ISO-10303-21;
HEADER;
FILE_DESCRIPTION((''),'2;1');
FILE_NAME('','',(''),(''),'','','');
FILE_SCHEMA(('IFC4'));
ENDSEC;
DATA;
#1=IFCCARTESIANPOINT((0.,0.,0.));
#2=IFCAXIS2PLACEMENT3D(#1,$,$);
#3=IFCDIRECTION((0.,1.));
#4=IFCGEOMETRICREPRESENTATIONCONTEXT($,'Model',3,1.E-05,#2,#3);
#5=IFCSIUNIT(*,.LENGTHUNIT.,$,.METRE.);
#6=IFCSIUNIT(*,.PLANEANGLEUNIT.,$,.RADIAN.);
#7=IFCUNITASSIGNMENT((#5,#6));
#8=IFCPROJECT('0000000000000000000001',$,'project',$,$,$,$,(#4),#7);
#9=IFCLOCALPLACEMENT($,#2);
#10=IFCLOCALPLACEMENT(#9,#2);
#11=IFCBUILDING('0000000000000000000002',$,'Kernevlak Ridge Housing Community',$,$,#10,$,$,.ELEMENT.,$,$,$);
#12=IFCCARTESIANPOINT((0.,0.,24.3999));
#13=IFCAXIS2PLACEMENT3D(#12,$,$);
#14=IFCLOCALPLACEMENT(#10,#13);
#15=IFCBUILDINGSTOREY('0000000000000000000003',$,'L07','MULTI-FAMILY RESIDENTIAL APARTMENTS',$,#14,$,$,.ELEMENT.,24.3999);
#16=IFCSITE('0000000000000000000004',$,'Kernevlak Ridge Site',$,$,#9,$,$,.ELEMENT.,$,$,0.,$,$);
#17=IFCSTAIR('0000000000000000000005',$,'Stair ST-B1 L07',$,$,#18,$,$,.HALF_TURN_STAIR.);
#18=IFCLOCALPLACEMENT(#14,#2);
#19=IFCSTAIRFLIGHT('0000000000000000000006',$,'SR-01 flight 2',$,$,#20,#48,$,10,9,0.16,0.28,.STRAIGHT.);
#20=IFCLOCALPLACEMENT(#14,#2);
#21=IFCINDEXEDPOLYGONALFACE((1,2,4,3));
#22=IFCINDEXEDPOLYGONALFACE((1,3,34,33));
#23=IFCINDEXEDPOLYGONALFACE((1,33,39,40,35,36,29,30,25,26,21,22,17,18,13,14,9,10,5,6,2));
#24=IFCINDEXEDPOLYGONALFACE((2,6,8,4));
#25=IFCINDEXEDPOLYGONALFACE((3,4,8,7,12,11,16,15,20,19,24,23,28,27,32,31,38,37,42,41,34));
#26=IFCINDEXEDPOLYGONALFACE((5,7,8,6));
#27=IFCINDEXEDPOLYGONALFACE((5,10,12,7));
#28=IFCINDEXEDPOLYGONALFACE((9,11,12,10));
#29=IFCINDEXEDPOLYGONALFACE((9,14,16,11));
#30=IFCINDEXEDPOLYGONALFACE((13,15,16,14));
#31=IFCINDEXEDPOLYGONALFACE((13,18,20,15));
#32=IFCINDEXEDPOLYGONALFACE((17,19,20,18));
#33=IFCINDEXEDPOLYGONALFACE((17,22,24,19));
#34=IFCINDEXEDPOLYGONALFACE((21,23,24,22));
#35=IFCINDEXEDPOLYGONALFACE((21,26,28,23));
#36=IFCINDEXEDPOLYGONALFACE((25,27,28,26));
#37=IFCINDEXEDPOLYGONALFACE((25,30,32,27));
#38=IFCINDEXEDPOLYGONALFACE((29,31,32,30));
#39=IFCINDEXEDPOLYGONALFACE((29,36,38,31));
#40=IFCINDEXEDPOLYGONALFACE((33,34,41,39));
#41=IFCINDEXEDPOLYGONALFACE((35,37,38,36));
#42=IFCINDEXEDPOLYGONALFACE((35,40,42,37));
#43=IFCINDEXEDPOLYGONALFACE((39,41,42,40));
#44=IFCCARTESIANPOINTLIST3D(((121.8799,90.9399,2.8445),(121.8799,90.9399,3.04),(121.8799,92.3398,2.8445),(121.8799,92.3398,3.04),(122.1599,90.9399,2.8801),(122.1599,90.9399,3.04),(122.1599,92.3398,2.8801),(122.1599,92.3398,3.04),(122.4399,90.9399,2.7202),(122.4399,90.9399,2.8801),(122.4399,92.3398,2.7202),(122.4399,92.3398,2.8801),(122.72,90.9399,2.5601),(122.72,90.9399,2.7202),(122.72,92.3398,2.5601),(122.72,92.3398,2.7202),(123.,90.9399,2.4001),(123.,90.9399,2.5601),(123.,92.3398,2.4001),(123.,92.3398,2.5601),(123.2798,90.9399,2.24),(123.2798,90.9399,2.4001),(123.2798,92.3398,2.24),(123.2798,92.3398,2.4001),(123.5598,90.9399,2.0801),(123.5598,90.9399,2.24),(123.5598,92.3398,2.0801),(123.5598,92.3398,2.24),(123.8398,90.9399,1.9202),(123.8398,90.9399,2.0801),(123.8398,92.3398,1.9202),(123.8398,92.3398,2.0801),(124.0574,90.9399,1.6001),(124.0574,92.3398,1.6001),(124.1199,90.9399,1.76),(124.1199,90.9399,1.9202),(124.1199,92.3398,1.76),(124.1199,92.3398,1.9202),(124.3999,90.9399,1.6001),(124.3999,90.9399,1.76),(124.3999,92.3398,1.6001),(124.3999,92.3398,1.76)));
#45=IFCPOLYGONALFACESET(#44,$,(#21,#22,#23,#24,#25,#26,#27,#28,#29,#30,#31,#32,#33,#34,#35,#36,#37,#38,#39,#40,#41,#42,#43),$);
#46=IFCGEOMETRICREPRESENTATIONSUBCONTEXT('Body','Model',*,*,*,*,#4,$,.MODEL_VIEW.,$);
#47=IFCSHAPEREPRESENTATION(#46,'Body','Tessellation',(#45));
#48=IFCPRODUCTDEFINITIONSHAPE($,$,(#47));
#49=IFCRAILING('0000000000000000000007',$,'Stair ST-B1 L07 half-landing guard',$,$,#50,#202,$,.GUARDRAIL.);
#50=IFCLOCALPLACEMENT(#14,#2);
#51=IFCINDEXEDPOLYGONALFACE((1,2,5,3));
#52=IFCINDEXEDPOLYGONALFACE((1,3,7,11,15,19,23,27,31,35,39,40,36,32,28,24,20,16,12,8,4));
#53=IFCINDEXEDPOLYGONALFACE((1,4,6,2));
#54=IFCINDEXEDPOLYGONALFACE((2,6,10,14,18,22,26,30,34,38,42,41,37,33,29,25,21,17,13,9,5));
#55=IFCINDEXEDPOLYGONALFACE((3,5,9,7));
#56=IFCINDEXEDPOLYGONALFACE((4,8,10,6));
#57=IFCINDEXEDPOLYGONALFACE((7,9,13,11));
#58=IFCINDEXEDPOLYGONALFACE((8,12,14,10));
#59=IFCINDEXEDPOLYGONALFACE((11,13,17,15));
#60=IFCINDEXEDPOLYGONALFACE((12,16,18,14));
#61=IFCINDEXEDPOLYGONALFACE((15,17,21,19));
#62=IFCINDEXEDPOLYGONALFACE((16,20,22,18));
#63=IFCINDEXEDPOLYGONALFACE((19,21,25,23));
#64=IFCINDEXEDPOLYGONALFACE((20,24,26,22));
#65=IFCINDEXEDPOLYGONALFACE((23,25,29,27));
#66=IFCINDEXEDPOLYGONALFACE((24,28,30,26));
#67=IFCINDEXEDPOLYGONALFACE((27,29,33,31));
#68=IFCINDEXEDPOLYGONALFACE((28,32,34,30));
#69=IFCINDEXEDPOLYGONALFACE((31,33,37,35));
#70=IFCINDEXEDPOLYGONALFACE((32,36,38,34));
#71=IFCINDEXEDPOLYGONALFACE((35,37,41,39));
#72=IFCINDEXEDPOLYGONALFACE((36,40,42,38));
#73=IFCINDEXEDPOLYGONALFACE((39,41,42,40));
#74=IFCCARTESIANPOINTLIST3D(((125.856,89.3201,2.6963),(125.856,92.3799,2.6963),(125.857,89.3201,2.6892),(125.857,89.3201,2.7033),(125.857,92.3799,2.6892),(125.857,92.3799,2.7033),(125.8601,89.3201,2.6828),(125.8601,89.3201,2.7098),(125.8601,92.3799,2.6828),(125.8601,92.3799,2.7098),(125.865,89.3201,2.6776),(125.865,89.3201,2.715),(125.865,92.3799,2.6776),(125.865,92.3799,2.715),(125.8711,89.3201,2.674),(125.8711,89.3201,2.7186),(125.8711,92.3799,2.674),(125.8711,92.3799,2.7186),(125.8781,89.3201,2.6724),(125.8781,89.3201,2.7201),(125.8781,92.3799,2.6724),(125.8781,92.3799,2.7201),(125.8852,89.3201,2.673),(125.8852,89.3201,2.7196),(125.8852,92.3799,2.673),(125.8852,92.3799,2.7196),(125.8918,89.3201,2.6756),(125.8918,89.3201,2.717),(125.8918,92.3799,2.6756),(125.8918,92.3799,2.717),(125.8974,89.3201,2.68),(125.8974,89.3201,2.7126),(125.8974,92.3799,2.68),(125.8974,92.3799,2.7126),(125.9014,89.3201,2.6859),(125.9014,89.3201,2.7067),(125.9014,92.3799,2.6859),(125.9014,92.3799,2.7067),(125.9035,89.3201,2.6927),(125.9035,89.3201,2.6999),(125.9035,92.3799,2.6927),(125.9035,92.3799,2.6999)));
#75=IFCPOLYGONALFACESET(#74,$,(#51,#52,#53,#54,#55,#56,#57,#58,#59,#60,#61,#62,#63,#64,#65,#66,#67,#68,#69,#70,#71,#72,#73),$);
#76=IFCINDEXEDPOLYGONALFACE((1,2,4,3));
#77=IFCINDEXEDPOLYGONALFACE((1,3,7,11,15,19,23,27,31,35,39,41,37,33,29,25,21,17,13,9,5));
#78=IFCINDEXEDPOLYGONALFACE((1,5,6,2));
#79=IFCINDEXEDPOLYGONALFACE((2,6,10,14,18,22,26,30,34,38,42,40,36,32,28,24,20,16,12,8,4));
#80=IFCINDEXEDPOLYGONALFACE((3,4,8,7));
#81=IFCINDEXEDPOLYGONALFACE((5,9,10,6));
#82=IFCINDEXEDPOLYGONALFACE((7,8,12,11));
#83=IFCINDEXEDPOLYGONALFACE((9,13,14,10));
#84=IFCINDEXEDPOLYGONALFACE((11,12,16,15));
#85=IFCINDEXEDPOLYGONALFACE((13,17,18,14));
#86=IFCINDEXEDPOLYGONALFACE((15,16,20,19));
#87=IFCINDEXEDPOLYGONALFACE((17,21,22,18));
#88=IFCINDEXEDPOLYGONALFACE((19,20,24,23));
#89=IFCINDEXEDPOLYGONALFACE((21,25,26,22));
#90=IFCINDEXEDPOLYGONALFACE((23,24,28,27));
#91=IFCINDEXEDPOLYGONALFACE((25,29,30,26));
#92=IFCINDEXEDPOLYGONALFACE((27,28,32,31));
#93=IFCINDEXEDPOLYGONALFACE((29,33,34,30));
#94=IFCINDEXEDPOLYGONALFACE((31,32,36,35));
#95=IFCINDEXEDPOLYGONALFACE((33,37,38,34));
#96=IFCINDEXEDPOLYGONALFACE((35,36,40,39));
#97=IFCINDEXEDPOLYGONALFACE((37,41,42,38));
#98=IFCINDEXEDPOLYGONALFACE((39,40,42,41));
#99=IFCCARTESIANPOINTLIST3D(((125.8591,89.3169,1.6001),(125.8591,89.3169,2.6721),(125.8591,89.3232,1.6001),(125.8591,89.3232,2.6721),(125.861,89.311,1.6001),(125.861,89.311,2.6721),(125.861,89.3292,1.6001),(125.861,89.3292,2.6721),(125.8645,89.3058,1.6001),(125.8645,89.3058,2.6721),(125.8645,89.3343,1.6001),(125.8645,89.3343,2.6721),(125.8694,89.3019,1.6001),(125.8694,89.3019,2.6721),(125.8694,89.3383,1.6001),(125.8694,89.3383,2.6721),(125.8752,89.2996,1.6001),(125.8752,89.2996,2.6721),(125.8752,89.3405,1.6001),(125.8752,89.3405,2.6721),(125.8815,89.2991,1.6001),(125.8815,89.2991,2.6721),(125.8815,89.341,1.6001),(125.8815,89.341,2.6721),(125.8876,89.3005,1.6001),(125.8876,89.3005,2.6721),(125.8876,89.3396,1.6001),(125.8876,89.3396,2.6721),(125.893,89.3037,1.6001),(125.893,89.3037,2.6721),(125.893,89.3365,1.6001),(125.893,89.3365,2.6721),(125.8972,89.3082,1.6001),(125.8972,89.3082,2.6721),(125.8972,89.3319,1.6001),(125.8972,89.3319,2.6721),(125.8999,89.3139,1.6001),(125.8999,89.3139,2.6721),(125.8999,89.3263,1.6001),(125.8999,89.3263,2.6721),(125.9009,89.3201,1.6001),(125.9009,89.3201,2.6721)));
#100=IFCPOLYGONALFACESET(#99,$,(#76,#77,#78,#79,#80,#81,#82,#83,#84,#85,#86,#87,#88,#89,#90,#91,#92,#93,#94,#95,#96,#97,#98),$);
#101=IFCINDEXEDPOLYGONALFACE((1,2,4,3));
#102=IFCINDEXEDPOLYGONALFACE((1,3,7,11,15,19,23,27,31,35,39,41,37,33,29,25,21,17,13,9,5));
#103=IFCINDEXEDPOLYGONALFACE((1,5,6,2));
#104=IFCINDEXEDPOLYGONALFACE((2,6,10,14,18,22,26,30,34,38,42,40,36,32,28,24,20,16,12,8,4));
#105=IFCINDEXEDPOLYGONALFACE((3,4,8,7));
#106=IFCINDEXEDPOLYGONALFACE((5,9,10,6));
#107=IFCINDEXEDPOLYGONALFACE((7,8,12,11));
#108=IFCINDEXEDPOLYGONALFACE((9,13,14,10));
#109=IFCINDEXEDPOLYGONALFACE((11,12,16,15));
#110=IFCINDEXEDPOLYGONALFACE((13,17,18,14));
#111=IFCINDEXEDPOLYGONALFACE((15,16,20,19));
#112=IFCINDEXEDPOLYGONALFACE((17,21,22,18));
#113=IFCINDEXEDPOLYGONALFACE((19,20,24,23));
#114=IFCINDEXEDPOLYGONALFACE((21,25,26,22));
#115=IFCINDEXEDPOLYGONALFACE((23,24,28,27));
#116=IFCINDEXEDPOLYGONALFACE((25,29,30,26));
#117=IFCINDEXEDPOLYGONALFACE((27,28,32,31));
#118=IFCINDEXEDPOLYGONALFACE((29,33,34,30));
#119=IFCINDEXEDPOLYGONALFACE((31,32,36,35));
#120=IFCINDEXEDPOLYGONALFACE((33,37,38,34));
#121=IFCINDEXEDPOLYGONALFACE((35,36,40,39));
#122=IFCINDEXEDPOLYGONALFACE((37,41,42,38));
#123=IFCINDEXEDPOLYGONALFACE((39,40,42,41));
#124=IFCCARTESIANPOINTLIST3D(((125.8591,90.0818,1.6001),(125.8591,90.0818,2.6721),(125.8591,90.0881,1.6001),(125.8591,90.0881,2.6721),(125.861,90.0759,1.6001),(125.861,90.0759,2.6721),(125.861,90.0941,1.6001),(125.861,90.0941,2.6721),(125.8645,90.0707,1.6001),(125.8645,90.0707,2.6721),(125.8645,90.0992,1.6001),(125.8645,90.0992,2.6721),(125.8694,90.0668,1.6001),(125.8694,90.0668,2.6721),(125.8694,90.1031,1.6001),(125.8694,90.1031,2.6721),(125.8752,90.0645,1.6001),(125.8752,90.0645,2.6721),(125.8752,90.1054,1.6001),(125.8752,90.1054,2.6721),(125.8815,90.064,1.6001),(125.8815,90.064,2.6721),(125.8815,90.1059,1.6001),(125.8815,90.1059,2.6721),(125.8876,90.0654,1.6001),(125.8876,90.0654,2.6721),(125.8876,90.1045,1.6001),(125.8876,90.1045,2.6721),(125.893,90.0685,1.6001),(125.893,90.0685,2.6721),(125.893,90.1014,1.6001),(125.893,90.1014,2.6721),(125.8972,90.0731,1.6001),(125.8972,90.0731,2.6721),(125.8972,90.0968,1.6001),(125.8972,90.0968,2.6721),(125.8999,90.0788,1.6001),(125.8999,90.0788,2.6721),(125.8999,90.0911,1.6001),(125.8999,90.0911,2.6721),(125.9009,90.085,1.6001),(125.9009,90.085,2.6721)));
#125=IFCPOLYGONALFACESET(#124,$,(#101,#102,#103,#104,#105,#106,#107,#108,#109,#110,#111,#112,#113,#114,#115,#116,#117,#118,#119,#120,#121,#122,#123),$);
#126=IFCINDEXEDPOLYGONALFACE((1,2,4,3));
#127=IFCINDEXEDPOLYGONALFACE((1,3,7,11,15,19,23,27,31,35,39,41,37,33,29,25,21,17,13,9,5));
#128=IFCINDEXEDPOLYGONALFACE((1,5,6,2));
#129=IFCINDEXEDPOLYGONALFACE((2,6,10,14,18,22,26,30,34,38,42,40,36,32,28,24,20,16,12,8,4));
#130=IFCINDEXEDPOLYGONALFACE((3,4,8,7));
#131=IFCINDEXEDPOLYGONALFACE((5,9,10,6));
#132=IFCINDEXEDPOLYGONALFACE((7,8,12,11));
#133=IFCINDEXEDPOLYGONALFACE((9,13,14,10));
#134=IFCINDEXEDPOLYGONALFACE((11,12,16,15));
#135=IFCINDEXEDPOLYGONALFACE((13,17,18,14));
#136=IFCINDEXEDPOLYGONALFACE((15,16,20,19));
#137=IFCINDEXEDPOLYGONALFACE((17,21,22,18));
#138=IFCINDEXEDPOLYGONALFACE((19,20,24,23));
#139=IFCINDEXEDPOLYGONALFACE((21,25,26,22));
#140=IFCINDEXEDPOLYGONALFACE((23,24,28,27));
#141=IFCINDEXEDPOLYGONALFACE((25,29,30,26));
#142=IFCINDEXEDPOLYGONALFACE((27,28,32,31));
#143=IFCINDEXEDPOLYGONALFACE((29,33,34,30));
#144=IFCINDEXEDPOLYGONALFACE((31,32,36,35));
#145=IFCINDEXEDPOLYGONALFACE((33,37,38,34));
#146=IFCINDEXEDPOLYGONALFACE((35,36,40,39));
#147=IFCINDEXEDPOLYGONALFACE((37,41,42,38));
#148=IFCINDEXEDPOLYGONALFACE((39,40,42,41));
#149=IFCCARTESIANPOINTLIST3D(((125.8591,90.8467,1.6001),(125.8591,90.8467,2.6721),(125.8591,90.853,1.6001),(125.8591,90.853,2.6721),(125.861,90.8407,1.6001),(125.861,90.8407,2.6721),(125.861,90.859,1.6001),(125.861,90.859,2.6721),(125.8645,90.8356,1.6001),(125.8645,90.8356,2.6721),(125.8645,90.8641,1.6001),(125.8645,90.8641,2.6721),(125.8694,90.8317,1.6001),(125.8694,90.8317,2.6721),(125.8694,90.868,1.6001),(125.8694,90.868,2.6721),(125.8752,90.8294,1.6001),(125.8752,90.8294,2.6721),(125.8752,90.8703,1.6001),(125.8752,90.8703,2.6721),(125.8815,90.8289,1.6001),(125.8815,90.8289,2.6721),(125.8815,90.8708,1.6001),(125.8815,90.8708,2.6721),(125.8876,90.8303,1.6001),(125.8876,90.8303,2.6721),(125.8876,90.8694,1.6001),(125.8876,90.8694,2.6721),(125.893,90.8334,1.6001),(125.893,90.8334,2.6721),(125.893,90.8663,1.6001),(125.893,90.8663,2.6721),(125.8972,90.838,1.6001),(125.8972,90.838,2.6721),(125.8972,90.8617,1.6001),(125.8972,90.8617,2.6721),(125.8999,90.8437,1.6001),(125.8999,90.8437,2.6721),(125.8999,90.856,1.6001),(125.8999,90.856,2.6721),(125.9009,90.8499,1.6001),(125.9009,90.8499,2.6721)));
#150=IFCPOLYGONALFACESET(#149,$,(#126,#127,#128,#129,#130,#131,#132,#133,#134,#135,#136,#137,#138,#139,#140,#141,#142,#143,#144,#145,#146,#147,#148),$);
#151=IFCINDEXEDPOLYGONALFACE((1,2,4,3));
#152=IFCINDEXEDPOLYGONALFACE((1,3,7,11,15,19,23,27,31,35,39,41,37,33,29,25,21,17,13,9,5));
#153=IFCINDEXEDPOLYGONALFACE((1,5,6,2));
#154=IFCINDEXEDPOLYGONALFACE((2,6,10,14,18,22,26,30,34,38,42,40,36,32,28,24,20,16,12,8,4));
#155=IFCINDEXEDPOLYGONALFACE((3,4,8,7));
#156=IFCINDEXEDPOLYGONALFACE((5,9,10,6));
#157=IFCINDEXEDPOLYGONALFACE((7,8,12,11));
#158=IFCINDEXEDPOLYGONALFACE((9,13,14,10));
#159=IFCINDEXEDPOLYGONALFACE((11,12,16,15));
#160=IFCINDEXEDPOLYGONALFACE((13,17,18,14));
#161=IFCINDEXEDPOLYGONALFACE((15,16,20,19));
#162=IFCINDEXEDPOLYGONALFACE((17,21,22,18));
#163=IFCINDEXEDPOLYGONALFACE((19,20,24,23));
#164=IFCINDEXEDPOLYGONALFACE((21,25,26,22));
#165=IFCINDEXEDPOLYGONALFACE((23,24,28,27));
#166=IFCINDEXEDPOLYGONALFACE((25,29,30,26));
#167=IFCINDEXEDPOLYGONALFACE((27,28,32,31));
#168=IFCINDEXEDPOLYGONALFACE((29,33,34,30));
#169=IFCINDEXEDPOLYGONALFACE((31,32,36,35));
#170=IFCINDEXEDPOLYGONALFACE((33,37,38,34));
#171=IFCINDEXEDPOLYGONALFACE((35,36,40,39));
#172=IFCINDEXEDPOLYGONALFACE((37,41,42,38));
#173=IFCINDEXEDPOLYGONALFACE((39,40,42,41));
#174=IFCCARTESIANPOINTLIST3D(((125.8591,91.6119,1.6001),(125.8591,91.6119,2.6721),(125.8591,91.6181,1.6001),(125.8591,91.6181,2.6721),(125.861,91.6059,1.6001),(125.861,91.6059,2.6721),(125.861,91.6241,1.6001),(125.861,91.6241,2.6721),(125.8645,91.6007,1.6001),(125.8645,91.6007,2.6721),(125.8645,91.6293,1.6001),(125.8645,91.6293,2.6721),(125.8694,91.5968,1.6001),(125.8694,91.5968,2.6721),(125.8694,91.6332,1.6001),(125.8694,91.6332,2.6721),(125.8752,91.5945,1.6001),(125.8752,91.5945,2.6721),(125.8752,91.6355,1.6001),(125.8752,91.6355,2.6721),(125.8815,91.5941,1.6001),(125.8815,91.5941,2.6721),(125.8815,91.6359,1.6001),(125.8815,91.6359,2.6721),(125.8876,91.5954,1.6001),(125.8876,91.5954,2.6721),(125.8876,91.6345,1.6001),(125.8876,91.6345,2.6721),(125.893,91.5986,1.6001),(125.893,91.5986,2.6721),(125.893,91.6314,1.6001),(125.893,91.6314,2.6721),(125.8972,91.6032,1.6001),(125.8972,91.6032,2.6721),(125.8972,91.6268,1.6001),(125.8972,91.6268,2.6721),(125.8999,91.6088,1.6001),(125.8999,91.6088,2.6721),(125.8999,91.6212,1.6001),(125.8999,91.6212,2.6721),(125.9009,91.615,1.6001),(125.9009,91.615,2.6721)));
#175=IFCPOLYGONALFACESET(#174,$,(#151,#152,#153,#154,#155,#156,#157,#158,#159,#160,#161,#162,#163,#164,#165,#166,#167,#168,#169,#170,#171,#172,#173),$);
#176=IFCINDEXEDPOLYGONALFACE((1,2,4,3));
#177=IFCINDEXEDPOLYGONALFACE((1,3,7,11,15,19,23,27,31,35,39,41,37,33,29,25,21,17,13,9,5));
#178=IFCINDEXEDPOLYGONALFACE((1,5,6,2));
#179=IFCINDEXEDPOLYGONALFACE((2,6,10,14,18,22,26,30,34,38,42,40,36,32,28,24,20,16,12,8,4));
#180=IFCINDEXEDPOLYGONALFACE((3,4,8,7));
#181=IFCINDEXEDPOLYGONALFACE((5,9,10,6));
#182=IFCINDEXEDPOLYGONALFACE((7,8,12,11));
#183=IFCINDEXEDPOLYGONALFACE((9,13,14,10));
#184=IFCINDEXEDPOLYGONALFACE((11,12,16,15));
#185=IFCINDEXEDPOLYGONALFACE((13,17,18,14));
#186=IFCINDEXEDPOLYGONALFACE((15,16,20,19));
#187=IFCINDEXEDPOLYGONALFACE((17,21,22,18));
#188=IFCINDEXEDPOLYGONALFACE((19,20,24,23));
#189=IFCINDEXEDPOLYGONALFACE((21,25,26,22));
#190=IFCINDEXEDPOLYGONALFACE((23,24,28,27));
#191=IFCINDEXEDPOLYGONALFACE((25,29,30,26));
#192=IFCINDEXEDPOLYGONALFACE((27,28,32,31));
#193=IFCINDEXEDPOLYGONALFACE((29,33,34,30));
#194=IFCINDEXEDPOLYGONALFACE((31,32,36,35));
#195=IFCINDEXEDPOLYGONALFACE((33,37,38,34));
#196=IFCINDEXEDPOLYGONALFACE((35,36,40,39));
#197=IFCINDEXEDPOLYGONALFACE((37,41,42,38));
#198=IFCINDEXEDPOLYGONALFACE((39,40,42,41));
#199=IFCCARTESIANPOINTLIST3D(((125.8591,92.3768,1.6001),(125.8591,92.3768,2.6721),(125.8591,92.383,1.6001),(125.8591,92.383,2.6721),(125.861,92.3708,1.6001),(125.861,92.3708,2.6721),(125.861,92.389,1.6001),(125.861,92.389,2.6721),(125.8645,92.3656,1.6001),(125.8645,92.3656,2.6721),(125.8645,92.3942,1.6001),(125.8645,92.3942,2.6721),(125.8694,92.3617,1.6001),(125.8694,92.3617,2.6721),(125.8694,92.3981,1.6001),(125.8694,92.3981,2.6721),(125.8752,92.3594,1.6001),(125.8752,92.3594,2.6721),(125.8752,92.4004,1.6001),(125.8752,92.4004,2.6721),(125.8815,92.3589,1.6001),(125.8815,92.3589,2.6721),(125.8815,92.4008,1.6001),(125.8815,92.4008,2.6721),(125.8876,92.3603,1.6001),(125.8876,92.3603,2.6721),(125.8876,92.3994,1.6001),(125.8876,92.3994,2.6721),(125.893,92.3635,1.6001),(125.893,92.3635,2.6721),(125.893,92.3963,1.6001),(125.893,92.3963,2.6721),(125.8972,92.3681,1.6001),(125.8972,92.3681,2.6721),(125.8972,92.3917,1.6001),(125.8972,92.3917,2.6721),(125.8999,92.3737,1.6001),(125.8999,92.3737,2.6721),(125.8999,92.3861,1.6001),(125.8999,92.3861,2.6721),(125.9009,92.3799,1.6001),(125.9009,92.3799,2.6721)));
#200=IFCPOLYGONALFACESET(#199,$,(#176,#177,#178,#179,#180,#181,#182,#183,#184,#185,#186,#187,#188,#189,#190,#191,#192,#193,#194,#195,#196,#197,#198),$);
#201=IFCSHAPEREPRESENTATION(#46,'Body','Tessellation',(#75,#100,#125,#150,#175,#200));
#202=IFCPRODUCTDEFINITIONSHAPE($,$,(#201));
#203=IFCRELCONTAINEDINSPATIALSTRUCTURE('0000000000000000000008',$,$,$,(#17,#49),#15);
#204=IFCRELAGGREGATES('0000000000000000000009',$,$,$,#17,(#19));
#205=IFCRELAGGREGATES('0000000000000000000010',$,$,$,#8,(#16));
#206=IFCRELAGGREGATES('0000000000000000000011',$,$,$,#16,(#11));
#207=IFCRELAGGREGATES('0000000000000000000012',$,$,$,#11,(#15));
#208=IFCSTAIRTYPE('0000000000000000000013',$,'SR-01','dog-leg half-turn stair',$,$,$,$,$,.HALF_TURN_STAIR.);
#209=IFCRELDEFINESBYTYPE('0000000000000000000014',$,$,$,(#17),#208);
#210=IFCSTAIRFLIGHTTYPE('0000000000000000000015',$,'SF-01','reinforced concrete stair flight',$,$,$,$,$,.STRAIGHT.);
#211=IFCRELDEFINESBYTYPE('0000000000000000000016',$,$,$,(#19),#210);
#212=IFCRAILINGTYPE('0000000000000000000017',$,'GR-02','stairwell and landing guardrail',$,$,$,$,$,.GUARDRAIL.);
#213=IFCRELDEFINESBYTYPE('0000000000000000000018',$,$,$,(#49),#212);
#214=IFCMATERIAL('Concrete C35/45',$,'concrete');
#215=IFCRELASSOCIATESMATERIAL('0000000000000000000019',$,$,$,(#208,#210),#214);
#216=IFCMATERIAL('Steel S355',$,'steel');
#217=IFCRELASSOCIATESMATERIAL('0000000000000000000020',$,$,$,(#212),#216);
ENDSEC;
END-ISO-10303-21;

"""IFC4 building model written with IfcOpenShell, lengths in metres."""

from ifc_helpers import new_model, si_unit, direction, frame, origin, origin_2d, place, context, subcontext, project, spatial, polyline, circle, outline, extrude, material, type_object, element, aggregate, save


model = new_model("IFC4")

# Units and contexts
model_context = context("Model", 3, precision=1e-05, world=origin(), true_north=direction((0.0, 1.0)))
body_context = subcontext(model_context, "Body", "Model", "MODEL_VIEW")
ifc_project = project(units=[si_unit("LENGTHUNIT", "METRE"), si_unit("PLANEANGLEUNIT", "RADIAN")], contexts=[model_context])

# Site, building, storey
site_placement = place(None, origin())
site = spatial("IfcSite", under=ifc_project, at=site_placement, Name="Kernevlak Ridge Site", CompositionType="ELEMENT", RefElevation=0.0)
building_placement = place(site_placement, origin())
building = spatial("IfcBuilding", under=site, at=building_placement, Name="Kernevlak Ridge Housing Community", CompositionType="ELEMENT")
storey_placement = place(building_placement, frame((0.0, 0.0, 24.3999)))
storey = spatial("IfcBuildingStorey", under=building, at=storey_placement, Name="L07", Description="MULTI-FAMILY RESIDENTIAL APARTMENTS", CompositionType="ELEMENT", Elevation=24.3999)

# Shared definitions
ifc_material_1 = material(Name="Concrete C35/45", Category="concrete")

# Stair, stair flight
stair_type = type_object("IfcStairType", Name="SR-01", Description="dog-leg half-turn stair", PredefinedType="HALF_TURN_STAIR", material=ifc_material_1)
stair_placement = place(storey_placement, origin())
stair = element("IfcStair", 1, at=stair_placement, inside=storey, type_object=stair_type, Name="Stair ST-B1 L07", PredefinedType="HALF_TURN_STAIR")
stair_flight_type = type_object("IfcStairFlightType", Name="SF-01", Description="reinforced concrete stair flight", PredefinedType="STRAIGHT", material=ifc_material_1)
stair_flight_placement = place(storey_placement, frame((124.3999, 91.6399, 1.6001), z_axis=(0.0, 0.0, 1.0), x_axis=(-1.0, 0.0, 0.0)))
stair_flight = element("IfcStairFlight", 2, at=stair_flight_placement, type_object=stair_flight_type, Name="SR-01 flight 2", NumberOfRisers=10, NumberOfTreads=9, PredefinedType="STRAIGHT", RiserHeight=0.16, TreadLength=0.28, context=body_context, shape_type="SweptSolid", body=[
    extrude(outline(polyline([(0.0, 0.0), (0.0, 0.1599), (0.28, 0.1599), (0.28, 0.3201), (0.5601, 0.3201), (0.5601, 0.48), (0.8401, 0.48), (0.8401, 0.6399), (1.1201, 0.6399), (1.1201, 0.8), (1.3999, 0.8), (1.3999, 0.96), (1.6799, 0.96), (1.6799, 1.1201), (1.96, 1.1201), (1.96, 1.28), (2.24, 1.28), (2.24, 1.4399), (2.52, 1.4399), (2.52, 1.6001), (2.52, 1.2444), (0.3425, 0.0), (0.0, 0.0)])), frame((0.0, 0.7, 0.0), z_axis=(0.0, -1.0, 0.0), x_axis=(1.0, 0.0, 0.0)), (0.0, 0.0, 1.0), 1.3999),
])
aggregate(stair, [stair_flight])

# Railing
ifc_material_2 = material(Name="Steel S355", Category="steel")
railing_type_1 = type_object("IfcRailingType", Name="GR-02", Description="stairwell and landing guardrail", PredefinedType="GUARDRAIL", material=ifc_material_2)
railing_1_placement = place(storey_placement, frame((125.8799, 89.3201, 1.6001)))
element("IfcRailing", 3, at=railing_1_placement, inside=storey, type_object=railing_type_1, Name="Stair ST-B1 L07 half-landing guard", PredefinedType="GUARDRAIL", context=body_context, shape_type="SweptSolid", body=[
    extrude(circle(Radius=0.0239, at=origin_2d()), frame((0.0, 0.0, 1.0962), z_axis=(0.0, 1.0, 0.0), x_axis=(-1.0, 0.0, 0.0)), (0.0, 0.0, 1.0), 3.0598),
    extrude(circle(Radius=0.021, at=origin_2d()), origin(), (0.0, 0.0, 1.0), 1.072),
    extrude(circle(Radius=0.021, at=origin_2d()), frame((0.0, 0.7649, 0.0)), (0.0, 0.0, 1.0), 1.072),
    extrude(circle(Radius=0.021, at=origin_2d()), frame((0.0, 1.5298, 0.0)), (0.0, 0.0, 1.0), 1.072),
    extrude(circle(Radius=0.021, at=origin_2d()), frame((0.0, 2.2949, 0.0)), (0.0, 0.0, 1.0), 1.072),
    extrude(circle(Radius=0.021, at=origin_2d()), frame((0.0, 3.0598, 0.0)), (0.0, 0.0, 1.0), 1.072),
])

save(model, "model.ifc")
